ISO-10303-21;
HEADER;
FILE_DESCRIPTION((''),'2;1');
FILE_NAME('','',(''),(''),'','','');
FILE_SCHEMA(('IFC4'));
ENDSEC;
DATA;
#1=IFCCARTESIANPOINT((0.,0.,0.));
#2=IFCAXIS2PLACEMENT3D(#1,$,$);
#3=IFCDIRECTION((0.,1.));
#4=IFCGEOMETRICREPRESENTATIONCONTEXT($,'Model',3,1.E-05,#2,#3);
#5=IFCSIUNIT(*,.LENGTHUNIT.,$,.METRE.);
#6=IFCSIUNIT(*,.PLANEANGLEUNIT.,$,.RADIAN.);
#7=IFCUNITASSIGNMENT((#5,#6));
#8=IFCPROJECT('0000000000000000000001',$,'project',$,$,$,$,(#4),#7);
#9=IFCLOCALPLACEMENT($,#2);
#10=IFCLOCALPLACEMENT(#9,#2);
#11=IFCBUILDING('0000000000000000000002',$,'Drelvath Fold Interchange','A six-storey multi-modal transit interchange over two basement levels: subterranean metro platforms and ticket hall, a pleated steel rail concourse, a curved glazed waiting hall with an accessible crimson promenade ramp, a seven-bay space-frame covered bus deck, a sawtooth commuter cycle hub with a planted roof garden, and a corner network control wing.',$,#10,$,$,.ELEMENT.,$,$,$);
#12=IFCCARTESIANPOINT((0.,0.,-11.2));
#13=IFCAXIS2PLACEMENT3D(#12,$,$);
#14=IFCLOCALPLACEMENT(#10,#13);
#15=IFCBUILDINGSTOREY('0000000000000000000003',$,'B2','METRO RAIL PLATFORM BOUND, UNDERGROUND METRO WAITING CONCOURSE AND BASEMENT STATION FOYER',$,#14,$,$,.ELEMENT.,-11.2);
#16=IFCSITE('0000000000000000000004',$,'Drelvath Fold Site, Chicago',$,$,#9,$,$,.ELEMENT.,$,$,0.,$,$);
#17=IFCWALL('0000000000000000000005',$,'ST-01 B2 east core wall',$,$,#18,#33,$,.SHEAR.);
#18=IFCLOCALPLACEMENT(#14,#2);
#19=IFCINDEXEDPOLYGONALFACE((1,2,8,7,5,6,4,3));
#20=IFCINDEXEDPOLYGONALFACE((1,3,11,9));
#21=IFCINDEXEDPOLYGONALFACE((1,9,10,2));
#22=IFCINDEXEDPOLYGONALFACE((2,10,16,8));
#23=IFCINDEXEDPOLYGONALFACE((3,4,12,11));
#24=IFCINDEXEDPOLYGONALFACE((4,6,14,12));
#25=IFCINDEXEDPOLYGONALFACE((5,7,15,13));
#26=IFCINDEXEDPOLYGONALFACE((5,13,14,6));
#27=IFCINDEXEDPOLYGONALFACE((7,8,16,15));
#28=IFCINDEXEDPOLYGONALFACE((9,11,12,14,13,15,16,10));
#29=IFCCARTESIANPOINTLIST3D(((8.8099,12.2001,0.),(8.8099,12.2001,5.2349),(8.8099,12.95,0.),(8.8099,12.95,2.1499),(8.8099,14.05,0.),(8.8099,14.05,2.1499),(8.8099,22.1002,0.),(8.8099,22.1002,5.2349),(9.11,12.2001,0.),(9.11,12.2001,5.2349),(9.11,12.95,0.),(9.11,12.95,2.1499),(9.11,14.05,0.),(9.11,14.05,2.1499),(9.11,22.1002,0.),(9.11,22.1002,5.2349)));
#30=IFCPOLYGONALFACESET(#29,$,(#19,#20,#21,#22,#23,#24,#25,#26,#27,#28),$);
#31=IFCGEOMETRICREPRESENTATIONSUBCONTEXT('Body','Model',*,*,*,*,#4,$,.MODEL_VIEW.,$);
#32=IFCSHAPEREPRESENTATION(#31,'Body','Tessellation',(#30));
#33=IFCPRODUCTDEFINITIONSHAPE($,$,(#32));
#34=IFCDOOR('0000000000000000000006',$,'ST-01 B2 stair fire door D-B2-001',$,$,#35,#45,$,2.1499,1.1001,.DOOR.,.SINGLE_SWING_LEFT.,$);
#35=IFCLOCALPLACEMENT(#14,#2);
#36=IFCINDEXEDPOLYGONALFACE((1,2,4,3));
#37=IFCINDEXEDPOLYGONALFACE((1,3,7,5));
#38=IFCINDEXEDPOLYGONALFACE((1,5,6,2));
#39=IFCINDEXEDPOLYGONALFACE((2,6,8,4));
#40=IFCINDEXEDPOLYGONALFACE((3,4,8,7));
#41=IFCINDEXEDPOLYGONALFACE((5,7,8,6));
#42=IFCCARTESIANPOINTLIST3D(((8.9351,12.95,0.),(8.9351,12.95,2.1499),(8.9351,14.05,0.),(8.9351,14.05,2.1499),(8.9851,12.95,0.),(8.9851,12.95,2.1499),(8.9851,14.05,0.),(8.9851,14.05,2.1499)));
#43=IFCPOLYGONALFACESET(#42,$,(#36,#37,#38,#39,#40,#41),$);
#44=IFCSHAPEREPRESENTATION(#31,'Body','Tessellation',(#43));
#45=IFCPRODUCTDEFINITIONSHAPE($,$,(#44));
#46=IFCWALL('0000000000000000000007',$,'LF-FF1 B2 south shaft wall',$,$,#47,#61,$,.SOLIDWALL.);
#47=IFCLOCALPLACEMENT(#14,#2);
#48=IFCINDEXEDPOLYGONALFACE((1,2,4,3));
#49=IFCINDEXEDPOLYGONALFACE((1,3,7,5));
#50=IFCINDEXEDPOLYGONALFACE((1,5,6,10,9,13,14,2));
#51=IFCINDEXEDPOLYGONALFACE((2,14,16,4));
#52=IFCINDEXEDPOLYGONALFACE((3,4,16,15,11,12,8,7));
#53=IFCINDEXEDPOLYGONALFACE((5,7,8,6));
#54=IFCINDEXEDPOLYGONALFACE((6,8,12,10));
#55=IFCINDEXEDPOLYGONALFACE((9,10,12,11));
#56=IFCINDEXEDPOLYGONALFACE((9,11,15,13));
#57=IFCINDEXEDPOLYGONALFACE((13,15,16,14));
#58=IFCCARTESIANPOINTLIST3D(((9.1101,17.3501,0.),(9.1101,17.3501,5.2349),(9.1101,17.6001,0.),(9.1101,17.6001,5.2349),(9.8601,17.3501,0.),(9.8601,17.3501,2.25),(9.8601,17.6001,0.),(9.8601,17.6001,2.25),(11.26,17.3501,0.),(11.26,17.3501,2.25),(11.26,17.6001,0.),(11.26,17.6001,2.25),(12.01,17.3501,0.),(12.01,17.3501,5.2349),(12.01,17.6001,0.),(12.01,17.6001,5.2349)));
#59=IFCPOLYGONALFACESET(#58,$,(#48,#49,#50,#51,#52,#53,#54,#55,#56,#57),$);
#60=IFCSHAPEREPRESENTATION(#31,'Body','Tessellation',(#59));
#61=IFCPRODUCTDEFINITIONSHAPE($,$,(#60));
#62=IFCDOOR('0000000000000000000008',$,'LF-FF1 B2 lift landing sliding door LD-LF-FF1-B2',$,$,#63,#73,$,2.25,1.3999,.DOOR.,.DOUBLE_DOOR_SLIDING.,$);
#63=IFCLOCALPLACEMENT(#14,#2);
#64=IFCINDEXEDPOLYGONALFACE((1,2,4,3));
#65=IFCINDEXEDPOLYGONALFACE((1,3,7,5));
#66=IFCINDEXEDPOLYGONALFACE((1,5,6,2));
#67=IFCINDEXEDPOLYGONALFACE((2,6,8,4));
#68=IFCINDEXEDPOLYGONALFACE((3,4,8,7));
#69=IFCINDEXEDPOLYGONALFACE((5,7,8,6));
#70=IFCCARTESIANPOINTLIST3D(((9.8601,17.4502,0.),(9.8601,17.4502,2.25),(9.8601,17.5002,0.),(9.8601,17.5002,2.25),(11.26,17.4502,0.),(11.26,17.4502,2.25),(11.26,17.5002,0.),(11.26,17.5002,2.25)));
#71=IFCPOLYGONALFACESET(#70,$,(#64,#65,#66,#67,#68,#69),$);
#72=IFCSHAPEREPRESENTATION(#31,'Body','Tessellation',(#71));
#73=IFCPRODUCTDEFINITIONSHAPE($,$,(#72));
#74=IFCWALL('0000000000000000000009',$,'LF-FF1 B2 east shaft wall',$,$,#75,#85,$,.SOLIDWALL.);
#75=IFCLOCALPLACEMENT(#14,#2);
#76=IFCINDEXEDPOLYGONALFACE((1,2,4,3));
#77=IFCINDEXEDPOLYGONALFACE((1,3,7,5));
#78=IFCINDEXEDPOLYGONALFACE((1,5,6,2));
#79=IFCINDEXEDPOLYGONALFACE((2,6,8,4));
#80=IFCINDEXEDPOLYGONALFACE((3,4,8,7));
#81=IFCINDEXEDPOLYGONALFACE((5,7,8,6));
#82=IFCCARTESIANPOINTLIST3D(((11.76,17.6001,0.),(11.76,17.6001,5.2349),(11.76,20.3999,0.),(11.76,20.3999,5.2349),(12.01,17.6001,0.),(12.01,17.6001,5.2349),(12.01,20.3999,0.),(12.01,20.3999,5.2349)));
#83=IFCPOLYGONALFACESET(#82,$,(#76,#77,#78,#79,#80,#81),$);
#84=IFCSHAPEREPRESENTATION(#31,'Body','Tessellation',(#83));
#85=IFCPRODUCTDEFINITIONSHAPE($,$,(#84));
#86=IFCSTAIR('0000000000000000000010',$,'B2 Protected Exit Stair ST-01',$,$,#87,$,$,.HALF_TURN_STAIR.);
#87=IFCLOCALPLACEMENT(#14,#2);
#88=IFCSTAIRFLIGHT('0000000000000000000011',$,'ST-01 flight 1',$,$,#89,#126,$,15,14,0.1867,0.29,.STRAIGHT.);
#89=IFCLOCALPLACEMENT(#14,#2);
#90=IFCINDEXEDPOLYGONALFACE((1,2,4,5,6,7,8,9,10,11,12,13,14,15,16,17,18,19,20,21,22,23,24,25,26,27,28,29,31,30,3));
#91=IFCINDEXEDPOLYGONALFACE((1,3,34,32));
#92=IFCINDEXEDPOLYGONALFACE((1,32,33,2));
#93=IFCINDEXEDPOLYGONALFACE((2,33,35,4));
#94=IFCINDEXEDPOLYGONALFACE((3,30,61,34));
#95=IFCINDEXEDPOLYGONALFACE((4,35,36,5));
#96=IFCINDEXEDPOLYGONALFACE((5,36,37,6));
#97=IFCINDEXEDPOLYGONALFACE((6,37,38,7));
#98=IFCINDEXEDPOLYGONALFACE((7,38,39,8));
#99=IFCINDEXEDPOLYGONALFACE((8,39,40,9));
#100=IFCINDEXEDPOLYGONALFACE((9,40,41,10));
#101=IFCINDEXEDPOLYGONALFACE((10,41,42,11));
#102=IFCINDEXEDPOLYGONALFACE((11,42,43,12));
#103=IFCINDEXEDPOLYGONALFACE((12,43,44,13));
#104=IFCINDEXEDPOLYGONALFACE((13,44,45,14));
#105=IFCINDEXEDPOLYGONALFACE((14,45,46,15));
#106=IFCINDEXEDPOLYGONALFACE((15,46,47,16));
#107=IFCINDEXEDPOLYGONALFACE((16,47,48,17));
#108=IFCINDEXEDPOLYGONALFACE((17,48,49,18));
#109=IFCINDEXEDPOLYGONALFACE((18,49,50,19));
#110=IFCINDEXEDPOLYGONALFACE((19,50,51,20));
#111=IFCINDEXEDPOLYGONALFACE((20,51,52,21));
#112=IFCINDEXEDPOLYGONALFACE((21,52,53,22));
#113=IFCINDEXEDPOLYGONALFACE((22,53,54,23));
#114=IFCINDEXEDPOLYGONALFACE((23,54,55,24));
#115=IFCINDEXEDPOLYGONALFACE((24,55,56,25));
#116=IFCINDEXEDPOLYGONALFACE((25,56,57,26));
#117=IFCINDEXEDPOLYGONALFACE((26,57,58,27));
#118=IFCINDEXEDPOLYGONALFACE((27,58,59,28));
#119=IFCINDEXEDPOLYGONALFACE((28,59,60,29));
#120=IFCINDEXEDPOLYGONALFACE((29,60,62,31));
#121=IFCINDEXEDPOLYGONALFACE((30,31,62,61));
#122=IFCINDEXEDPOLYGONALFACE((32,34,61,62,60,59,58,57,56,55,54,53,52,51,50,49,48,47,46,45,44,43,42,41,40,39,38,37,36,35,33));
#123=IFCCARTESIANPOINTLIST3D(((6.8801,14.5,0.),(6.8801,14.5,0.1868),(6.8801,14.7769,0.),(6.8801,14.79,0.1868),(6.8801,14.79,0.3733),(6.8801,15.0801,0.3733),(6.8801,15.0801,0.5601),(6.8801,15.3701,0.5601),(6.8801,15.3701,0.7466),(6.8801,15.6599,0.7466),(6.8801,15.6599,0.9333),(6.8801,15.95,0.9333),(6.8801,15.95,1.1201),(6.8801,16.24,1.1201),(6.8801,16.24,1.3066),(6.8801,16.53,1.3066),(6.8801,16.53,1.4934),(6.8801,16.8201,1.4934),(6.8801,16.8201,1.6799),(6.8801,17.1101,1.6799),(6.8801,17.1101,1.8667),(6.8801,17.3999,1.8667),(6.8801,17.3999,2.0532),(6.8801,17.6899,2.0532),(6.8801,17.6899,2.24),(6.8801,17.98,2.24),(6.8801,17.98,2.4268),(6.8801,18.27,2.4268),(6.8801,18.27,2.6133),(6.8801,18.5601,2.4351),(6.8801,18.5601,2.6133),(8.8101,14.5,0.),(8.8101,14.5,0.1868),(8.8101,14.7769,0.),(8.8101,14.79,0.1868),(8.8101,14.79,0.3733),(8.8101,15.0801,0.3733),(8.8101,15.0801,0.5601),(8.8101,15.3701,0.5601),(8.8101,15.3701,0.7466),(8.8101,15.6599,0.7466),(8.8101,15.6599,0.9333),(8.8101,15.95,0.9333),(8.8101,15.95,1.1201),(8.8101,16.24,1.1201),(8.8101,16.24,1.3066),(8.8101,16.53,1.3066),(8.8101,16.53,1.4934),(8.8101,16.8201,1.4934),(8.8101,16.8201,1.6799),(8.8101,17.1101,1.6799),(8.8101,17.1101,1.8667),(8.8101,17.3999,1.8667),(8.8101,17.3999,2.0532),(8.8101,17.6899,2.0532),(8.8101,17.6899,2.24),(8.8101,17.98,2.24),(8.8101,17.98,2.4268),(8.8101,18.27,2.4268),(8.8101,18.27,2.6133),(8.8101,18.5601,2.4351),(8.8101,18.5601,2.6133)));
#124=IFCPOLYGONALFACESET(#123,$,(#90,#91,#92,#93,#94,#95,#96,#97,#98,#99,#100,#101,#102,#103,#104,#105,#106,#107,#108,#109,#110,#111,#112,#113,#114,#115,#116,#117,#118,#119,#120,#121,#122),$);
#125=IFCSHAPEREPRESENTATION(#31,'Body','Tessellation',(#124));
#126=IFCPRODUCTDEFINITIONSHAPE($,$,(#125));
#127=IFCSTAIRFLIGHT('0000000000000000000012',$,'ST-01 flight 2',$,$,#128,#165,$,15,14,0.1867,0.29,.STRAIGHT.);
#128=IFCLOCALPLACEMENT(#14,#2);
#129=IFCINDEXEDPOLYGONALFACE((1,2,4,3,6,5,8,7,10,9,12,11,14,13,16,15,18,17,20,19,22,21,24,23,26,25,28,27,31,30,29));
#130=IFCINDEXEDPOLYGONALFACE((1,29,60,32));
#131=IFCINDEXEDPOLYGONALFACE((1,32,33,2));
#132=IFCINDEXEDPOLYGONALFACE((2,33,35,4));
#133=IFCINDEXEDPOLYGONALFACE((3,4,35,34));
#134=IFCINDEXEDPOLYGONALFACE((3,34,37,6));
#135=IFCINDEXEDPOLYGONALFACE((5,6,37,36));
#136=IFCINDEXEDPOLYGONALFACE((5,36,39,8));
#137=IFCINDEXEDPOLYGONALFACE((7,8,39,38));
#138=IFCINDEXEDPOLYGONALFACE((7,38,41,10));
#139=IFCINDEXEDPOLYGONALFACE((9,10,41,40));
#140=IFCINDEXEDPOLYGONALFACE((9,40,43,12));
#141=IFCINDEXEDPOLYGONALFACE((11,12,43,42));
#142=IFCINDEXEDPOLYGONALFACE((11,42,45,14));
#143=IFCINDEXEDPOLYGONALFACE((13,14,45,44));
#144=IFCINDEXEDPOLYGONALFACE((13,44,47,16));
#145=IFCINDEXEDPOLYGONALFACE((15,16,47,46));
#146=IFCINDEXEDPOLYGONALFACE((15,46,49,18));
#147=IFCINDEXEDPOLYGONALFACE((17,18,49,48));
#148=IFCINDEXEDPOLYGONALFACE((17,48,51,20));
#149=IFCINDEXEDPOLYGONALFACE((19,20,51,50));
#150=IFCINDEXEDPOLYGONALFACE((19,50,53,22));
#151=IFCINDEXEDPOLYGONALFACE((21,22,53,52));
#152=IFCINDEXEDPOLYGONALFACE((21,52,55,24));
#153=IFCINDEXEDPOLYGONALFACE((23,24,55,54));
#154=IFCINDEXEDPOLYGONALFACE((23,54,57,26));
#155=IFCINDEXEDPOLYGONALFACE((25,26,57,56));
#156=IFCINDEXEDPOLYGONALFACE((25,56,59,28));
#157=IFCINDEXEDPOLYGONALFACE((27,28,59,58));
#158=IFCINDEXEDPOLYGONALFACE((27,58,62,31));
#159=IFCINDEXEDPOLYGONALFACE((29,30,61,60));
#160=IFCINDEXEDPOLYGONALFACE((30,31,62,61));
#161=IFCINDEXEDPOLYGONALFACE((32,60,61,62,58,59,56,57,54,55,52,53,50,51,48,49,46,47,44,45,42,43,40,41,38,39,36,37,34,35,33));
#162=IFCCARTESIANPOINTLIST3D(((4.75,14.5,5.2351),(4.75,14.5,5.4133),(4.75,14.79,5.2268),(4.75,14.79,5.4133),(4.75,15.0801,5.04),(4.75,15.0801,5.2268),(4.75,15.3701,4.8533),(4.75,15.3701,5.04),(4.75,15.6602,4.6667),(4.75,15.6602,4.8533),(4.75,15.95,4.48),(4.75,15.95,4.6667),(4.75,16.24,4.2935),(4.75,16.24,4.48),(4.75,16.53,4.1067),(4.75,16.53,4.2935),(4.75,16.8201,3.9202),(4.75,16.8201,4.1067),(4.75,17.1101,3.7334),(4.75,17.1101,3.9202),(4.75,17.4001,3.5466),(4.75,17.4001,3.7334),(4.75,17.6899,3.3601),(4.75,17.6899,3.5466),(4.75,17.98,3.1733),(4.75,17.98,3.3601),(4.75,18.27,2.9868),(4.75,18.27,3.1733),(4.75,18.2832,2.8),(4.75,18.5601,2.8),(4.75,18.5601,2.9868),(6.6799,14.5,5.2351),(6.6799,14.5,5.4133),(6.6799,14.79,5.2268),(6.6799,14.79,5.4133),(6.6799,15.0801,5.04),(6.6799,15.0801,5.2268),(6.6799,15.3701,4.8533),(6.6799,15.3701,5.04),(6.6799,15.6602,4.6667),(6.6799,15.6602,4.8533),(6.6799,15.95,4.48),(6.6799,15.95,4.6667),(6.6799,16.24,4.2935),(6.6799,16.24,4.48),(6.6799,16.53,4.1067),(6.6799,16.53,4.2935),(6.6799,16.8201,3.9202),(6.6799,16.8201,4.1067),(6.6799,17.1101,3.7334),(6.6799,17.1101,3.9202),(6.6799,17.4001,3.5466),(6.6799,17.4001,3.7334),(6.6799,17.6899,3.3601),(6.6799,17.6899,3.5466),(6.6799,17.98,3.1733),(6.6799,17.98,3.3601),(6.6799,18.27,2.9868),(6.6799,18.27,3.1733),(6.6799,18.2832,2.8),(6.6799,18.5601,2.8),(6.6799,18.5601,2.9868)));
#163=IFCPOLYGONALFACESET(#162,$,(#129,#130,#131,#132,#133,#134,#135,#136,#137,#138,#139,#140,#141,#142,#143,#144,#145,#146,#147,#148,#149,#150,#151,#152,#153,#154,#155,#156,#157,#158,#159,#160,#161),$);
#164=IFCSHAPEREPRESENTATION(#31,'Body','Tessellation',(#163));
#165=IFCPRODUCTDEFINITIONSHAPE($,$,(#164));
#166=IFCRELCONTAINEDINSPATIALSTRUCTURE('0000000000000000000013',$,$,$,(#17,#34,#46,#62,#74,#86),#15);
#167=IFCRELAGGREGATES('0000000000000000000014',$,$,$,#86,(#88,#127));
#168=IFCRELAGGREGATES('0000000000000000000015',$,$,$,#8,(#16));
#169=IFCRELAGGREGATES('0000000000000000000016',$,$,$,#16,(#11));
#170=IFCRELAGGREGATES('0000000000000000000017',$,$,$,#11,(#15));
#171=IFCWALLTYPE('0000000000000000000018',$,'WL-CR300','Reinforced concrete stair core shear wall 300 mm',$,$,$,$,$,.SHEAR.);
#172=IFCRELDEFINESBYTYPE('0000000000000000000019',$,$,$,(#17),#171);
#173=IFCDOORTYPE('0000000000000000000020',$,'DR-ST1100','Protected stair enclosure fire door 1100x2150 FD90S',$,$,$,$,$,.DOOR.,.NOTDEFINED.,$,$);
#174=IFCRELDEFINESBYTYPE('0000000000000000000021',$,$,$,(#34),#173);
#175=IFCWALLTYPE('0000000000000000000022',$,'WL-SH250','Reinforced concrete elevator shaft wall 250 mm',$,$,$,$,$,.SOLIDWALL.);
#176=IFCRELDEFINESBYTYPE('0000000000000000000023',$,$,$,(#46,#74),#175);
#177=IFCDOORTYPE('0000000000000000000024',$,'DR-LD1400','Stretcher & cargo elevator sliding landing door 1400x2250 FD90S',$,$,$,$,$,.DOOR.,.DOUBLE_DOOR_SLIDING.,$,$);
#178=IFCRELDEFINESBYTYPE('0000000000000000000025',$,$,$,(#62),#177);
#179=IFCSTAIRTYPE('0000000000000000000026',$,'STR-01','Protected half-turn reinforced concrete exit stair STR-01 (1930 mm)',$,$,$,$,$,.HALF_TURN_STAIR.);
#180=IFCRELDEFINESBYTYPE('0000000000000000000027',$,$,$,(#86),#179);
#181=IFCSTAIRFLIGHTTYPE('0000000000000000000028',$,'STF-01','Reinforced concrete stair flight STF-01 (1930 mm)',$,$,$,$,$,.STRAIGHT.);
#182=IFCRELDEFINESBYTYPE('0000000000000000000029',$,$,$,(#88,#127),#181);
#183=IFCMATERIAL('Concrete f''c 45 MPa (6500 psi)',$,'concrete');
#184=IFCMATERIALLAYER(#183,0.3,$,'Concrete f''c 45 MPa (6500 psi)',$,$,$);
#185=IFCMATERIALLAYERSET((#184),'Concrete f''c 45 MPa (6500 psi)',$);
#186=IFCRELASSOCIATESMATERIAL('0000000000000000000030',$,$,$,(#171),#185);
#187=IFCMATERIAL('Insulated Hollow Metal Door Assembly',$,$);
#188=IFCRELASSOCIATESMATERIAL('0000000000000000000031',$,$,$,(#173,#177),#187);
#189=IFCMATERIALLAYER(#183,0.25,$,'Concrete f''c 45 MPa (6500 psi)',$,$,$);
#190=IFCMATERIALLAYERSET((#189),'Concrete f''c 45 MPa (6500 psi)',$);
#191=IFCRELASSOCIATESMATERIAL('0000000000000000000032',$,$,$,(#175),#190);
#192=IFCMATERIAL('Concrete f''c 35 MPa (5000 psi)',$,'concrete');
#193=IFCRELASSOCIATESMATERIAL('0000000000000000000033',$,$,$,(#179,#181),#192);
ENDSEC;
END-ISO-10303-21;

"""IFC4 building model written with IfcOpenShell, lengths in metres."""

from ifc_helpers import new_model, si_unit, direction, frame, frame_2d, origin, place, context, subcontext, project, spatial, polyline, rectangle, outline, extrude, material, layer, layer_set, type_object, element, fill, aggregate, save


model = new_model("IFC4")

# Units and contexts
model_context = context("Model", 3, precision=1e-05, world=origin(), true_north=direction((0.0, 1.0)))
body_context = subcontext(model_context, "Body", "Model", "MODEL_VIEW")
ifc_project = project(units=[si_unit("LENGTHUNIT", "METRE"), si_unit("PLANEANGLEUNIT", "RADIAN")], contexts=[model_context])

# Site, building, storey
site_placement = place(None, origin())
site = spatial("IfcSite", under=ifc_project, at=site_placement, Name="Drelvath Fold Site, Chicago", CompositionType="ELEMENT", RefElevation=0.0)
building_placement = place(site_placement, origin())
building = spatial("IfcBuilding", under=site, at=building_placement, Name="Drelvath Fold Interchange", Description="A six-storey multi-modal transit interchange over two basement levels: subterranean metro platforms and ticket hall, a pleated steel rail concourse, a curved glazed waiting hall with an accessible crimson promenade ramp, a seven-bay space-frame covered bus deck, a sawtooth commuter cycle hub with a planted roof garden, and a corner network control wing.", CompositionType="ELEMENT")
storey_placement = place(building_placement, frame((0.0, 0.0, -11.2)))
storey = spatial("IfcBuildingStorey", under=building, at=storey_placement, Name="B2", Description="METRO RAIL PLATFORM BOUND, UNDERGROUND METRO WAITING CONCOURSE AND BASEMENT STATION FOYER", CompositionType="ELEMENT", Elevation=-11.2)

# Shared definitions
ifc_material_1 = material(Name="Concrete f'c 45 MPa (6500 psi)", Category="concrete")

# Shared definitions
ifc_layer_1 = layer(ifc_material_1, 0.3, Name="Concrete f'c 45 MPa (6500 psi)")
ifc_layer_set_1 = layer_set([ifc_layer_1], Name="Concrete f'c 45 MPa (6500 psi)")
wall_type_1 = type_object("IfcWallType", Name="WL-CR300", Description="Reinforced concrete stair core shear wall 300 mm", PredefinedType="SHEAR", material=ifc_layer_set_1)

# Walls, openings, doors
wall_1_placement = place(storey_placement, frame((8.96, 12.2, 0.0), z_axis=(0.0, 0.0, 1.0), x_axis=(0.0, 1.0, 0.0)))
wall_1 = element("IfcWall", 1, at=wall_1_placement, inside=storey, type_object=wall_type_1, Name="ST-01 B2 east core wall", PredefinedType="SHEAR", context=body_context, shape_type="SweptSolid", body=[
    extrude(rectangle(XDim=9.9001, YDim=0.3, at=frame_2d((4.9502, 0.0))), origin(), (0.0, 0.0, 1.0), 5.2349),
])
opening_1_placement = place(wall_1_placement, frame((0.75, 0.0, 0.0)))
opening_1 = element("IfcOpeningElement", 2, at=opening_1_placement, cuts=wall_1, PredefinedType="OPENING", context=body_context, shape_type="SweptSolid", body=[
    extrude(rectangle(XDim=1.1001, YDim=2.1499, at=frame_2d((0.55, 1.075))), frame((0.0, 0.1599, 0.0), z_axis=(0.0, -1.0, 0.0), x_axis=(1.0, 0.0, 0.0)), (0.0, 0.0, 1.0), 0.3201),
])
ifc_material_2 = material(Name="Insulated Hollow Metal Door Assembly")
door_type_1 = type_object("IfcDoorType", Name="DR-ST1100", Description="Protected stair enclosure fire door 1100x2150 FD90S", OperationType="NOTDEFINED", PredefinedType="DOOR", material=ifc_material_2)
door_1_placement = place(opening_1_placement, origin())
door_1 = element("IfcDoor", 3, at=door_1_placement, inside=storey, type_object=door_type_1, Name="ST-01 B2 stair fire door D-B2-001", OperationType="SINGLE_SWING_LEFT", OverallHeight=2.1499, OverallWidth=1.1001, PredefinedType="DOOR", context=body_context, shape_type="SweptSolid", body=[
    extrude(rectangle(XDim=1.1001, YDim=2.1499, at=frame_2d((0.55, 1.075))), frame((0.0, 0.0249, 0.0), z_axis=(0.0, -1.0, 0.0), x_axis=(1.0, 0.0, 0.0)), (0.0, 0.0, 1.0), 0.05),
])
fill(opening_1, door_1)
ifc_layer_2 = layer(ifc_material_1, 0.25, Name="Concrete f'c 45 MPa (6500 psi)")
ifc_layer_set_2 = layer_set([ifc_layer_2], Name="Concrete f'c 45 MPa (6500 psi)")
wall_type_2 = type_object("IfcWallType", Name="WL-SH250", Description="Reinforced concrete elevator shaft wall 250 mm", PredefinedType="SOLIDWALL", material=ifc_layer_set_2)
wall_2_placement = place(storey_placement, frame((9.1101, 17.4751, 0.0), z_axis=(0.0, 0.0, 1.0), x_axis=(1.0, 0.0, 0.0)))
wall_2 = element("IfcWall", 4, at=wall_2_placement, inside=storey, type_object=wall_type_2, Name="LF-FF1 B2 south shaft wall", PredefinedType="SOLIDWALL", context=body_context, shape_type="SweptSolid", body=[
    extrude(rectangle(XDim=2.8999, YDim=0.25, at=frame_2d((1.45, 0.0))), origin(), (0.0, 0.0, 1.0), 5.2349),
])
opening_2_placement = place(wall_2_placement, frame((0.75, 0.0, 0.0)))
opening_2 = element("IfcOpeningElement", 5, at=opening_2_placement, cuts=wall_2, PredefinedType="OPENING", context=body_context, shape_type="SweptSolid", body=[
    extrude(rectangle(XDim=1.3999, YDim=2.25, at=frame_2d((0.7, 1.125))), frame((0.0, 0.135, 0.0), z_axis=(0.0, -1.0, 0.0), x_axis=(1.0, 0.0, 0.0)), (0.0, 0.0, 1.0), 0.27),
])
door_type_2 = type_object("IfcDoorType", Name="DR-LD1400", Description="Stretcher & cargo elevator sliding landing door 1400x2250 FD90S", OperationType="DOUBLE_DOOR_SLIDING", PredefinedType="DOOR", material=ifc_material_2)
door_2_placement = place(opening_2_placement, frame((1.3999, 0.0, 0.0), z_axis=(0.0, 0.0, 1.0), x_axis=(-1.0, 0.0, 0.0)))
door_2 = element("IfcDoor", 6, at=door_2_placement, inside=storey, type_object=door_type_2, Name="LF-FF1 B2 lift landing sliding door LD-LF-FF1-B2", OperationType="DOUBLE_DOOR_SLIDING", OverallHeight=2.25, OverallWidth=1.3999, PredefinedType="DOOR", context=body_context, shape_type="SweptSolid", body=[
    extrude(rectangle(XDim=1.3999, YDim=2.25, at=frame_2d((0.7, 1.125))), frame((0.0, 0.0249, 0.0), z_axis=(0.0, -1.0, 0.0), x_axis=(1.0, 0.0, 0.0)), (0.0, 0.0, 1.0), 0.05),
])
fill(opening_2, door_2)

# Wall
wall_3_placement = place(storey_placement, frame((11.885, 17.6001, 0.0), z_axis=(0.0, 0.0, 1.0), x_axis=(0.0, 1.0, 0.0)))
element("IfcWall", 7, at=wall_3_placement, inside=storey, type_object=wall_type_2, Name="LF-FF1 B2 east shaft wall", PredefinedType="SOLIDWALL", context=body_context, shape_type="SweptSolid", body=[
    extrude(rectangle(XDim=2.7998, YDim=0.25, at=frame_2d((1.3999, 0.0))), origin(), (0.0, 0.0, 1.0), 5.2349),
])

# Stair, stair flights
ifc_material_3 = material(Name="Concrete f'c 35 MPa (5000 psi)", Category="concrete")
stair_type = type_object("IfcStairType", Name="STR-01", Description="Protected half-turn reinforced concrete exit stair STR-01 (1930 mm)", PredefinedType="HALF_TURN_STAIR", material=ifc_material_3)
stair_placement = place(storey_placement, origin())
stair = element("IfcStair", 8, at=stair_placement, inside=storey, type_object=stair_type, Name="B2 Protected Exit Stair ST-01", PredefinedType="HALF_TURN_STAIR")
stair_flight_type = type_object("IfcStairFlightType", Name="STF-01", Description="Reinforced concrete stair flight STF-01 (1930 mm)", PredefinedType="STRAIGHT", material=ifc_material_3)
stair_flight_1_placement = place(storey_placement, frame((7.845, 14.5, 0.0), z_axis=(0.0, 0.0, 1.0), x_axis=(0.0, 1.0, 0.0)))
stair_flight_1 = element("IfcStairFlight", 9, at=stair_flight_1_placement, type_object=stair_flight_type, Name="ST-01 flight 1", NumberOfRisers=15, NumberOfTreads=14, PredefinedType="STRAIGHT", RiserHeight=0.1867, TreadLength=0.29, context=body_context, shape_type="SweptSolid", body=[
    extrude(outline(polyline([(0.0, 0.0), (0.0, 0.1868), (0.29, 0.1868), (0.29, 0.3733), (0.5801, 0.3733), (0.5801, 0.5601), (0.8701, 0.5601), (0.8701, 0.7466), (1.1599, 0.7466), (1.1599, 0.9333), (1.45, 0.9333), (1.45, 1.1201), (1.74, 1.1201), (1.74, 1.3066), (2.03, 1.3066), (2.03, 1.4934), (2.3201, 1.4934), (2.3201, 1.6799), (2.6101, 1.6799), (2.6101, 1.8667), (2.8999, 1.8667), (2.8999, 2.0532), (3.1899, 2.0532), (3.1899, 2.24), (3.48, 2.24), (3.48, 2.4268), (3.77, 2.4268), (3.77, 2.6133), (4.0601, 2.6133), (4.0601, 2.8), (4.0601, 2.4351), (0.2769, 0.0), (0.0, 0.0)])), frame((0.0, 0.9648, 0.0), z_axis=(0.0, -1.0, 0.0), x_axis=(1.0, 0.0, 0.0)), (0.0, 0.0, 1.0), 1.9299),
])
stair_flight_2_placement = place(storey_placement, frame((5.7151, 18.5601, 2.8), z_axis=(0.0, 0.0, 1.0), x_axis=(0.0, -1.0, 0.0)))
stair_flight_2 = element("IfcStairFlight", 10, at=stair_flight_2_placement, type_object=stair_flight_type, Name="ST-01 flight 2", NumberOfRisers=15, NumberOfTreads=14, PredefinedType="STRAIGHT", RiserHeight=0.1867, TreadLength=0.29, context=body_context, shape_type="SweptSolid", body=[
    extrude(outline(polyline([(0.0, 0.0), (0.0, 0.1868), (0.29, 0.1868), (0.29, 0.3733), (0.5801, 0.3733), (0.5801, 0.5601), (0.8701, 0.5601), (0.8701, 0.7466), (1.1599, 0.7466), (1.1599, 0.9333), (1.45, 0.9333), (1.45, 1.1201), (1.74, 1.1201), (1.74, 1.3066), (2.03, 1.3066), (2.03, 1.4934), (2.3201, 1.4934), (2.3201, 1.6799), (2.6101, 1.6799), (2.6101, 1.8667), (2.8999, 1.8667), (2.8999, 2.0532), (3.1899, 2.0532), (3.1899, 2.24), (3.48, 2.24), (3.48, 2.4268), (3.77, 2.4268), (3.77, 2.6133), (4.0601, 2.6133), (4.0601, 2.8), (4.0601, 2.4351), (0.2769, 0.0), (0.0, 0.0)])), frame((0.0, 0.9648, 0.0), z_axis=(0.0, -1.0, 0.0), x_axis=(1.0, 0.0, 0.0)), (0.0, 0.0, 1.0), 1.9299),
])
aggregate(stair, [stair_flight_1, stair_flight_2])

save(model, "model.ifc")
